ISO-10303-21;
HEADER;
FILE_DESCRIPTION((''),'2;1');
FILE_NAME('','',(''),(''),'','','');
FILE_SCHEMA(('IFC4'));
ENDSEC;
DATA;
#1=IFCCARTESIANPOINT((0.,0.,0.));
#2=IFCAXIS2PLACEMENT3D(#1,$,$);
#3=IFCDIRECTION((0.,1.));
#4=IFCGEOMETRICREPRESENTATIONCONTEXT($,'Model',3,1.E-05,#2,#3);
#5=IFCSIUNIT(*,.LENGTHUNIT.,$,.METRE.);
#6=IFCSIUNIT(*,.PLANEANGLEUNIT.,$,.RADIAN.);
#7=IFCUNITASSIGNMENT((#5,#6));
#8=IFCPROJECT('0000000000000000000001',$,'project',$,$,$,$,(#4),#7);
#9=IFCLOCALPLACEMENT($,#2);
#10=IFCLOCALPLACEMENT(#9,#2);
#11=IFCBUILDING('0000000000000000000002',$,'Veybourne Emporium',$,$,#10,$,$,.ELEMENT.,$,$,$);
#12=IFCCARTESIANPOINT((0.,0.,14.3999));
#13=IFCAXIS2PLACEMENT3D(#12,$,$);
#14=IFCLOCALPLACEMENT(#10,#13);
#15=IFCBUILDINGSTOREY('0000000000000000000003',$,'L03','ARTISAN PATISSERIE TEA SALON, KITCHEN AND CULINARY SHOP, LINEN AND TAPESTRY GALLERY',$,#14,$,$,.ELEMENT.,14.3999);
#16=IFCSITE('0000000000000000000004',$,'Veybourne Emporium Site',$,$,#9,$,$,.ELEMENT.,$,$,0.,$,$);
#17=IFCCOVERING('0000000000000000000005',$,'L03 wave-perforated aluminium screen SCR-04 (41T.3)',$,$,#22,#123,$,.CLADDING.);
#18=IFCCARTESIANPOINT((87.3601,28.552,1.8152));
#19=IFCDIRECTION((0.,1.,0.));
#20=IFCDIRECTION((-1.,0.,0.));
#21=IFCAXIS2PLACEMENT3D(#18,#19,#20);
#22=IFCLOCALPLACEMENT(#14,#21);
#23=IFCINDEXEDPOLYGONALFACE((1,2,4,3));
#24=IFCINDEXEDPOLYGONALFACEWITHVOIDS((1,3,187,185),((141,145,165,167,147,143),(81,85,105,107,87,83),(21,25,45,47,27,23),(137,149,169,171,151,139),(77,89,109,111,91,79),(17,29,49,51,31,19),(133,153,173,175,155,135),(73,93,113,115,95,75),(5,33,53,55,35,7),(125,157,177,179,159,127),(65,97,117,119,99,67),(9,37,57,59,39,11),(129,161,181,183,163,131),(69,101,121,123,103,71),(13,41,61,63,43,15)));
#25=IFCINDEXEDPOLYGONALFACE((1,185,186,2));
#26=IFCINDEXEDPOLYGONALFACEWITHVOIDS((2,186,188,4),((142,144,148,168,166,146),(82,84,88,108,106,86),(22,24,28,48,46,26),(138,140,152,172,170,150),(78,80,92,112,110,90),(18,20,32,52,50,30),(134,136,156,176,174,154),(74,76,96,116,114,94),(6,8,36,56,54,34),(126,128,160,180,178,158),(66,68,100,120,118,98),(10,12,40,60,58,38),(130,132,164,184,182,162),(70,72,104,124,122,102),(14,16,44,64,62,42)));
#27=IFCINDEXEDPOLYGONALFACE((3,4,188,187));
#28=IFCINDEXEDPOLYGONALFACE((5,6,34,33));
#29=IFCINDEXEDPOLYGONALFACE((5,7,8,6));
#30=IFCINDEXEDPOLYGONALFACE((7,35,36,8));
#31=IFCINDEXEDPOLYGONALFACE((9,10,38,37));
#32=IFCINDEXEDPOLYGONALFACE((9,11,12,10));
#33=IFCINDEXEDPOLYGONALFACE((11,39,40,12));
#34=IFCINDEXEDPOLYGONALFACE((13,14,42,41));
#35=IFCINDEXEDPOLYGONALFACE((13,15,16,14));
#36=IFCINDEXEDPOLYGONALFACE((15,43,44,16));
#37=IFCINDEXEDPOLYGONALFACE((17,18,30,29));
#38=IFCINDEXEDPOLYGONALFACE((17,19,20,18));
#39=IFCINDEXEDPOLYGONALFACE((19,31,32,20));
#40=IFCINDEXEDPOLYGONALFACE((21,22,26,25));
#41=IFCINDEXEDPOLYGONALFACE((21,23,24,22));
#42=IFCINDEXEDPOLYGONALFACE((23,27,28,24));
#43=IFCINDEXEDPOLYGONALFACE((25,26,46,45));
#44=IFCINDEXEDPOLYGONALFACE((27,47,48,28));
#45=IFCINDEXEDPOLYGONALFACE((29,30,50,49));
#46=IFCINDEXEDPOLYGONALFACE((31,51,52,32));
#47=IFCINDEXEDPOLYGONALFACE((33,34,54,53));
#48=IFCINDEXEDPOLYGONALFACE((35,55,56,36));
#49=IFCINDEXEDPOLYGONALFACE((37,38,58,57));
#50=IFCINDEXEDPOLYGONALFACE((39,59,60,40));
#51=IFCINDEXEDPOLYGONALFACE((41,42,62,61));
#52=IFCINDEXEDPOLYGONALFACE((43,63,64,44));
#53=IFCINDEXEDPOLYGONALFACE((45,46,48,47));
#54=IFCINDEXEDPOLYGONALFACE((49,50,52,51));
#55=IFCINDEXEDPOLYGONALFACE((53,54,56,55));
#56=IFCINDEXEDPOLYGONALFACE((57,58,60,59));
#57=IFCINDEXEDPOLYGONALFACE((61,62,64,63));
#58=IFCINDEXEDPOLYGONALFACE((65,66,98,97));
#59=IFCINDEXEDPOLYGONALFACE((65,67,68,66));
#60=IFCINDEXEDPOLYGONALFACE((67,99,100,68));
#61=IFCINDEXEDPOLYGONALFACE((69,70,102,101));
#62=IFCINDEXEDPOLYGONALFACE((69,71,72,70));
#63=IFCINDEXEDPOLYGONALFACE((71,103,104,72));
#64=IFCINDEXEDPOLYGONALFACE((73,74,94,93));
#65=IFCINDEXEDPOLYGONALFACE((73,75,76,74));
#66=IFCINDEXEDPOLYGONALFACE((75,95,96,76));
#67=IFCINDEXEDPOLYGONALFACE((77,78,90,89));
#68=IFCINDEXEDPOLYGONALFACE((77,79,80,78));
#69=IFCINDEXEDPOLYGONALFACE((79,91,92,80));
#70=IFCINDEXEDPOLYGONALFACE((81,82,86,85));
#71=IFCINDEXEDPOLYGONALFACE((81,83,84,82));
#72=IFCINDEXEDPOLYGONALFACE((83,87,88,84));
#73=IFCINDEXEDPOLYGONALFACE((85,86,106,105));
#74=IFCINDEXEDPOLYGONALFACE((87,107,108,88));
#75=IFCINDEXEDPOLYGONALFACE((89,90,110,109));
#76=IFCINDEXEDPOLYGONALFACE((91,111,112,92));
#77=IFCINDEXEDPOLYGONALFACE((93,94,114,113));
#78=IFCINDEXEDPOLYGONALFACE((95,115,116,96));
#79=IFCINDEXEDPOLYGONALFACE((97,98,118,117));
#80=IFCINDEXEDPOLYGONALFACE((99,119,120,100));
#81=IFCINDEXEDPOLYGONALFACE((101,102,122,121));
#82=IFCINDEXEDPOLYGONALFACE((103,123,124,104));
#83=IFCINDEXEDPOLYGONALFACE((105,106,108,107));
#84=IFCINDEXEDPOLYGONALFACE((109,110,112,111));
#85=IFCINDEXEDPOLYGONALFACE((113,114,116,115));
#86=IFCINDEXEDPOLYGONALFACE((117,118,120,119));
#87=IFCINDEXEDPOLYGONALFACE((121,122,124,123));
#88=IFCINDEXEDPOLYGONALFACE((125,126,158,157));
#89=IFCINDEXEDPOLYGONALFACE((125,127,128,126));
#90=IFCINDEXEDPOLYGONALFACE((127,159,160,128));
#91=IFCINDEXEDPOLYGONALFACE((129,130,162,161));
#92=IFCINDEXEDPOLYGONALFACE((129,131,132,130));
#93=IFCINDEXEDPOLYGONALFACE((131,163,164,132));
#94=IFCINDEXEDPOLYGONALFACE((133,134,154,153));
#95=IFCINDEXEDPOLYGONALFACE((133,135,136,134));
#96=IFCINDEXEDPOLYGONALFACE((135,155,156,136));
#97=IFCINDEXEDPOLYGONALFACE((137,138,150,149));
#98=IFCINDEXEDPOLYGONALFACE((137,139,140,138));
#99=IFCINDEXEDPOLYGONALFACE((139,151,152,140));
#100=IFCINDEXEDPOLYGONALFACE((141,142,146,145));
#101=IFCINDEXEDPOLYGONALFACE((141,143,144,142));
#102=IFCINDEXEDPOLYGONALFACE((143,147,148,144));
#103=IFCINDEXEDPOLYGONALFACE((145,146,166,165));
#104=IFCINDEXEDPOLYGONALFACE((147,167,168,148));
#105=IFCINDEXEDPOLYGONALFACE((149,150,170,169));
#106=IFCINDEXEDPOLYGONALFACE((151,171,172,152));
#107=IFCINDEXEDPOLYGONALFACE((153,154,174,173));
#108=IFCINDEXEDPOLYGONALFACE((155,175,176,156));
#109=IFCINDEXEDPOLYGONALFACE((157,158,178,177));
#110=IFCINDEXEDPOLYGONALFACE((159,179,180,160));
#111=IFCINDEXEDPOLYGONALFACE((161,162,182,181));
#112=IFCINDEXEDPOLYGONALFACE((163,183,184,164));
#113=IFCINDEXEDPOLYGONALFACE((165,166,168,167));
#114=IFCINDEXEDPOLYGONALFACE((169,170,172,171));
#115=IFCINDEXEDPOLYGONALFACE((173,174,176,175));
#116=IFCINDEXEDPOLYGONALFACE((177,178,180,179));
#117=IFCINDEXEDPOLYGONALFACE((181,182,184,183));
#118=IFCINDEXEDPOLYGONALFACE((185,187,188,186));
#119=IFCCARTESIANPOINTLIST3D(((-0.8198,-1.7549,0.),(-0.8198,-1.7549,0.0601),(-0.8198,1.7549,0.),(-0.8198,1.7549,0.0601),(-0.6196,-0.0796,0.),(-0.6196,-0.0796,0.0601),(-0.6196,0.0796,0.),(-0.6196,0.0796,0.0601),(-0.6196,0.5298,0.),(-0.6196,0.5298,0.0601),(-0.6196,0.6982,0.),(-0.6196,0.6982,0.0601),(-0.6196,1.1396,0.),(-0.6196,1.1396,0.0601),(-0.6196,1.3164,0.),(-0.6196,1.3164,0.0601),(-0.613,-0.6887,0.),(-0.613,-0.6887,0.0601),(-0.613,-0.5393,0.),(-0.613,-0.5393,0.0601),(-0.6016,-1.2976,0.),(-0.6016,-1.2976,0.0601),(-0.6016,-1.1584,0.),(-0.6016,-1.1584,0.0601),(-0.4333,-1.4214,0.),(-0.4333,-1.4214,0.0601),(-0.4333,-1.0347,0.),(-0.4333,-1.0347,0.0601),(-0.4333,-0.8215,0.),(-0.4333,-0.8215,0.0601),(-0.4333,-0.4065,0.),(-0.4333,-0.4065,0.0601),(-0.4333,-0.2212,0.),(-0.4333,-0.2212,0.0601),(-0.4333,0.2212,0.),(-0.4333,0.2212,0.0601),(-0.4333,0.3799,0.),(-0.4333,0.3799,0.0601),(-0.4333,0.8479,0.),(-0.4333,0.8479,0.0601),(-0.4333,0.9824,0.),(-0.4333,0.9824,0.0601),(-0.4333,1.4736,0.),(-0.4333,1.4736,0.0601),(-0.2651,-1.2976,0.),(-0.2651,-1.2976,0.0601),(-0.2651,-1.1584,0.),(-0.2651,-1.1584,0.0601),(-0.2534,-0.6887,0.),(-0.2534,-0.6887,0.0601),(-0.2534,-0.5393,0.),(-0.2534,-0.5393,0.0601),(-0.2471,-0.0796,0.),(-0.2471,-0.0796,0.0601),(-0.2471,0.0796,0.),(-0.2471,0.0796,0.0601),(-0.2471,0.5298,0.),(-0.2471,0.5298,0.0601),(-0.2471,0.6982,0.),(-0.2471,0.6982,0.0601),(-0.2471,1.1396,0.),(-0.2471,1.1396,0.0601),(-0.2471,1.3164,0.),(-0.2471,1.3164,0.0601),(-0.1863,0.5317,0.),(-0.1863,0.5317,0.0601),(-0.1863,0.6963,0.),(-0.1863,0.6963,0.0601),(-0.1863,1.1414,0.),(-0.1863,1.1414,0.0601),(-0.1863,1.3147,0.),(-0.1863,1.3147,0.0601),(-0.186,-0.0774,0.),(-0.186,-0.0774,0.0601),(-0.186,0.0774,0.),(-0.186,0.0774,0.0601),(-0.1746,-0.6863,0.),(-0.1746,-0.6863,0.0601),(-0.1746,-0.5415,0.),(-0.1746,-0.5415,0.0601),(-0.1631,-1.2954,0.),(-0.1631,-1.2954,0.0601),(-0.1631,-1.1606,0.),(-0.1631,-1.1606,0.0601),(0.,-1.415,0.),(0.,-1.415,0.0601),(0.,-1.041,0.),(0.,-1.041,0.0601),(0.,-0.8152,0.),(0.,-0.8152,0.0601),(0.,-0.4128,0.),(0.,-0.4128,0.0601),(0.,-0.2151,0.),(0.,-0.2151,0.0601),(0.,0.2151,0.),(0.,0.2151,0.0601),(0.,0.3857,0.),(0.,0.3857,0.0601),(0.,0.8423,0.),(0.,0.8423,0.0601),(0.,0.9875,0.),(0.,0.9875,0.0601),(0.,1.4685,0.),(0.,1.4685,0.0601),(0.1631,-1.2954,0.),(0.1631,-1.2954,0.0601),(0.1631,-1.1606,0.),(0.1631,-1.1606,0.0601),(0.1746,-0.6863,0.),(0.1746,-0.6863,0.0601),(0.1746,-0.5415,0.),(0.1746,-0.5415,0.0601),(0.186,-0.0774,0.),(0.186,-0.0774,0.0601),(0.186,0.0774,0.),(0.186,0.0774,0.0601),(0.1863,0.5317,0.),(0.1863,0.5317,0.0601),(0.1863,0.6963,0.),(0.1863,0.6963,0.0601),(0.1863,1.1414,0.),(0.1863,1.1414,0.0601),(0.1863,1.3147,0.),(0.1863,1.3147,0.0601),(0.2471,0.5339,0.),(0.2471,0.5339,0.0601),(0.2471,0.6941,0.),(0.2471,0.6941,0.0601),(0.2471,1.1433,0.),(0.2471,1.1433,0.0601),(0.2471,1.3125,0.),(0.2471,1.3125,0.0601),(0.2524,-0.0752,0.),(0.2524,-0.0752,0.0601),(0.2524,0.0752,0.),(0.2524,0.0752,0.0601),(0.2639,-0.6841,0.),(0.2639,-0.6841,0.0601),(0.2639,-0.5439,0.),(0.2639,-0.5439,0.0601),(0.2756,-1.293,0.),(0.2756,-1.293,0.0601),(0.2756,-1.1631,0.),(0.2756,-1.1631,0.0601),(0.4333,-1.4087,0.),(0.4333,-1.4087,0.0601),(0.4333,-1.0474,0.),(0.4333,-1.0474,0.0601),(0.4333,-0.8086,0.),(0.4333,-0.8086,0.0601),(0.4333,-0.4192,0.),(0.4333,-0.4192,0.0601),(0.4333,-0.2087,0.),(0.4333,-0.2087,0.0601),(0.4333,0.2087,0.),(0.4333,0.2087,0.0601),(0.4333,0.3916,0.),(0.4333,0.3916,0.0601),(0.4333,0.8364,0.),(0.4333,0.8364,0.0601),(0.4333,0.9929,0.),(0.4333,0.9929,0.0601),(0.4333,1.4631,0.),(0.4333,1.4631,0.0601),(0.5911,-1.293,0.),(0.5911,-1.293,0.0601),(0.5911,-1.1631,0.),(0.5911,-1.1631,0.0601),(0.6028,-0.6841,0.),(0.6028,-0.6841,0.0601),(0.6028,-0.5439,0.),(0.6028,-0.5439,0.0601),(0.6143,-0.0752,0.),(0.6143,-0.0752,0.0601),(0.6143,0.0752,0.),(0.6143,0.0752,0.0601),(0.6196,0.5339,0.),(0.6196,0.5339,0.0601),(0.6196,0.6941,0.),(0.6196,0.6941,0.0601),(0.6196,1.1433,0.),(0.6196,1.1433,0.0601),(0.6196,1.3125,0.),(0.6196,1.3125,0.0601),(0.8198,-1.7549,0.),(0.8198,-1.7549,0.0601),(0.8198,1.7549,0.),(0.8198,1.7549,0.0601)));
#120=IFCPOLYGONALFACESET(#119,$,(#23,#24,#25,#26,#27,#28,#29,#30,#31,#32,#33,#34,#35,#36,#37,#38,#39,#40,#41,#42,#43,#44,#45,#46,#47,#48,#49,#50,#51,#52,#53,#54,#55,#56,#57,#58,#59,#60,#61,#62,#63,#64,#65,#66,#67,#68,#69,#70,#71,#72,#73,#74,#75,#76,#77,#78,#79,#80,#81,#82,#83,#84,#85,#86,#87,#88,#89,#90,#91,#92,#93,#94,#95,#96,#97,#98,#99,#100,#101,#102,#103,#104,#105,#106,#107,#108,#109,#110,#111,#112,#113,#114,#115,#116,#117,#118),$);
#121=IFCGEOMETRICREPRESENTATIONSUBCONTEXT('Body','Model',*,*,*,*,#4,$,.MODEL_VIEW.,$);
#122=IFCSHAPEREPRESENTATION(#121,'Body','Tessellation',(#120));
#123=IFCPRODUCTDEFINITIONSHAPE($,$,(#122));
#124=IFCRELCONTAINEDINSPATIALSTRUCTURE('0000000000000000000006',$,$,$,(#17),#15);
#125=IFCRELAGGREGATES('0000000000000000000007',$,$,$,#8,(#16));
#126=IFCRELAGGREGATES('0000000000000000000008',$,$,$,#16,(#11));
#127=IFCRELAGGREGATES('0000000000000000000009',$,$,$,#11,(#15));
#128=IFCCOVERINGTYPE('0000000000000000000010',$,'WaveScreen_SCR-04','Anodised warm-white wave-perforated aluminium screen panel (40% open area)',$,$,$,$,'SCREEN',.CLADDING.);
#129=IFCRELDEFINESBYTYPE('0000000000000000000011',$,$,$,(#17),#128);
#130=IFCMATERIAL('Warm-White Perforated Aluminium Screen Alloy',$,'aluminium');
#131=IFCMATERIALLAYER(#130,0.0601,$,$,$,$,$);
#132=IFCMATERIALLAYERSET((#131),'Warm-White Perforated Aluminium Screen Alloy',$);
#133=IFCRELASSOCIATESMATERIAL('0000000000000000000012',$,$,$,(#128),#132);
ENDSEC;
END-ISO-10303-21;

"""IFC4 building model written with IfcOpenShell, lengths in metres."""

from ifc_helpers import new_model, si_unit, direction, frame, origin, place, context, subcontext, project, spatial, polyline, outline, extrude, material, layer, layer_set, type_object, element, save


model = new_model("IFC4")

# Units and contexts
model_context = context("Model", 3, precision=1e-05, world=origin(), true_north=direction((0.0, 1.0)))
body_context = subcontext(model_context, "Body", "Model", "MODEL_VIEW")
ifc_project = project(units=[si_unit("LENGTHUNIT", "METRE"), si_unit("PLANEANGLEUNIT", "RADIAN")], contexts=[model_context])

# Site, building, storey
site_placement = place(None, origin())
site = spatial("IfcSite", under=ifc_project, at=site_placement, Name="Veybourne Emporium Site", CompositionType="ELEMENT", RefElevation=0.0)
building_placement = place(site_placement, origin())
building = spatial("IfcBuilding", under=site, at=building_placement, Name="Veybourne Emporium", CompositionType="ELEMENT")
storey_placement = place(building_placement, frame((0.0, 0.0, 14.3999)))
storey = spatial("IfcBuildingStorey", under=building, at=storey_placement, Name="L03", Description="ARTISAN PATISSERIE TEA SALON, KITCHEN AND CULINARY SHOP, LINEN AND TAPESTRY GALLERY", CompositionType="ELEMENT", Elevation=14.3999)

# Covering
ifc_material_1 = material(Name="Warm-White Perforated Aluminium Screen Alloy", Category="aluminium")
ifc_layer_1 = layer(ifc_material_1, 0.0601)
ifc_layer_set_1 = layer_set([ifc_layer_1], Name="Warm-White Perforated Aluminium Screen Alloy")
covering_type_1 = type_object("IfcCoveringType", Name="WaveScreen_SCR-04", Description="Anodised warm-white wave-perforated aluminium screen panel (40% open area)", ElementType="SCREEN", PredefinedType="CLADDING", material=ifc_layer_set_1)
covering_1_placement = place(storey_placement, frame((87.3601, 28.552, 1.8152), z_axis=(0.0, 1.0, 0.0), x_axis=(-1.0, 0.0, 0.0)))
element("IfcCovering", 1, at=covering_1_placement, inside=storey, type_object=covering_type_1, Name="L03 wave-perforated aluminium screen SCR-04 (41T.3)", PredefinedType="CLADDING", context=body_context, shape_type="SweptSolid", body=[
    extrude(outline(polyline([(-0.8198, -1.7549), (0.8198, -1.7549), (0.8198, 1.7549), (-0.8198, 1.7549), (-0.8198, -1.7549)]), holes=[polyline([(-0.4333, -1.0347), (-0.2651, -1.1584), (-0.2651, -1.2976), (-0.4333, -1.4214), (-0.6016, -1.2976), (-0.6016, -1.1584), (-0.4333, -1.0347)]), polyline([(-0.4333, -0.4065), (-0.2534, -0.5393), (-0.2534, -0.6887), (-0.4333, -0.8215), (-0.613, -0.6887), (-0.613, -0.5393), (-0.4333, -0.4065)]), polyline([(-0.4333, 0.2212), (-0.2471, 0.0796), (-0.2471, -0.0796), (-0.4333, -0.2212), (-0.6196, -0.0796), (-0.6196, 0.0796), (-0.4333, 0.2212)]), polyline([(-0.4333, 0.8479), (-0.2471, 0.6982), (-0.2471, 0.5298), (-0.4333, 0.3799), (-0.6196, 0.5298), (-0.6196, 0.6982), (-0.4333, 0.8479)]), polyline([(-0.4333, 1.4736), (-0.2471, 1.3164), (-0.2471, 1.1396), (-0.4333, 0.9824), (-0.6196, 1.1396), (-0.6196, 1.3164), (-0.4333, 1.4736)]), polyline([(0.0, -1.041), (0.1631, -1.1606), (0.1631, -1.2954), (0.0, -1.415), (-0.1631, -1.2954), (-0.1631, -1.1606), (0.0, -1.041)]), polyline([(0.0, -0.4128), (0.1746, -0.5415), (0.1746, -0.6863), (0.0, -0.8152), (-0.1746, -0.6863), (-0.1746, -0.5415), (0.0, -0.4128)]), polyline([(0.0, 0.2151), (0.186, 0.0774), (0.186, -0.0774), (0.0, -0.2151), (-0.186, -0.0774), (-0.186, 0.0774), (0.0, 0.2151)]), polyline([(0.0, 0.8423), (0.1863, 0.6963), (0.1863, 0.5317), (0.0, 0.3857), (-0.1863, 0.5317), (-0.1863, 0.6963), (0.0, 0.8423)]), polyline([(0.0, 1.4685), (0.1863, 1.3147), (0.1863, 1.1414), (0.0, 0.9875), (-0.1863, 1.1414), (-0.1863, 1.3147), (0.0, 1.4685)]), polyline([(0.4333, -1.0474), (0.5911, -1.1631), (0.5911, -1.293), (0.4333, -1.4087), (0.2756, -1.293), (0.2756, -1.1631), (0.4333, -1.0474)]), polyline([(0.4333, -0.4192), (0.6028, -0.5439), (0.6028, -0.6841), (0.4333, -0.8086), (0.2639, -0.6841), (0.2639, -0.5439), (0.4333, -0.4192)]), polyline([(0.4333, 0.2087), (0.6143, 0.0752), (0.6143, -0.0752), (0.4333, -0.2087), (0.2524, -0.0752), (0.2524, 0.0752), (0.4333, 0.2087)]), polyline([(0.4333, 0.8364), (0.6196, 0.6941), (0.6196, 0.5339), (0.4333, 0.3916), (0.2471, 0.5339), (0.2471, 0.6941), (0.4333, 0.8364)]), polyline([(0.4333, 1.4631), (0.6196, 1.3125), (0.6196, 1.1433), (0.4333, 0.9929), (0.2471, 1.1433), (0.2471, 1.3125), (0.4333, 1.4631)])]), origin(), (0.0, 0.0, 1.0), 0.0601),
])

save(model, "model.ifc")
